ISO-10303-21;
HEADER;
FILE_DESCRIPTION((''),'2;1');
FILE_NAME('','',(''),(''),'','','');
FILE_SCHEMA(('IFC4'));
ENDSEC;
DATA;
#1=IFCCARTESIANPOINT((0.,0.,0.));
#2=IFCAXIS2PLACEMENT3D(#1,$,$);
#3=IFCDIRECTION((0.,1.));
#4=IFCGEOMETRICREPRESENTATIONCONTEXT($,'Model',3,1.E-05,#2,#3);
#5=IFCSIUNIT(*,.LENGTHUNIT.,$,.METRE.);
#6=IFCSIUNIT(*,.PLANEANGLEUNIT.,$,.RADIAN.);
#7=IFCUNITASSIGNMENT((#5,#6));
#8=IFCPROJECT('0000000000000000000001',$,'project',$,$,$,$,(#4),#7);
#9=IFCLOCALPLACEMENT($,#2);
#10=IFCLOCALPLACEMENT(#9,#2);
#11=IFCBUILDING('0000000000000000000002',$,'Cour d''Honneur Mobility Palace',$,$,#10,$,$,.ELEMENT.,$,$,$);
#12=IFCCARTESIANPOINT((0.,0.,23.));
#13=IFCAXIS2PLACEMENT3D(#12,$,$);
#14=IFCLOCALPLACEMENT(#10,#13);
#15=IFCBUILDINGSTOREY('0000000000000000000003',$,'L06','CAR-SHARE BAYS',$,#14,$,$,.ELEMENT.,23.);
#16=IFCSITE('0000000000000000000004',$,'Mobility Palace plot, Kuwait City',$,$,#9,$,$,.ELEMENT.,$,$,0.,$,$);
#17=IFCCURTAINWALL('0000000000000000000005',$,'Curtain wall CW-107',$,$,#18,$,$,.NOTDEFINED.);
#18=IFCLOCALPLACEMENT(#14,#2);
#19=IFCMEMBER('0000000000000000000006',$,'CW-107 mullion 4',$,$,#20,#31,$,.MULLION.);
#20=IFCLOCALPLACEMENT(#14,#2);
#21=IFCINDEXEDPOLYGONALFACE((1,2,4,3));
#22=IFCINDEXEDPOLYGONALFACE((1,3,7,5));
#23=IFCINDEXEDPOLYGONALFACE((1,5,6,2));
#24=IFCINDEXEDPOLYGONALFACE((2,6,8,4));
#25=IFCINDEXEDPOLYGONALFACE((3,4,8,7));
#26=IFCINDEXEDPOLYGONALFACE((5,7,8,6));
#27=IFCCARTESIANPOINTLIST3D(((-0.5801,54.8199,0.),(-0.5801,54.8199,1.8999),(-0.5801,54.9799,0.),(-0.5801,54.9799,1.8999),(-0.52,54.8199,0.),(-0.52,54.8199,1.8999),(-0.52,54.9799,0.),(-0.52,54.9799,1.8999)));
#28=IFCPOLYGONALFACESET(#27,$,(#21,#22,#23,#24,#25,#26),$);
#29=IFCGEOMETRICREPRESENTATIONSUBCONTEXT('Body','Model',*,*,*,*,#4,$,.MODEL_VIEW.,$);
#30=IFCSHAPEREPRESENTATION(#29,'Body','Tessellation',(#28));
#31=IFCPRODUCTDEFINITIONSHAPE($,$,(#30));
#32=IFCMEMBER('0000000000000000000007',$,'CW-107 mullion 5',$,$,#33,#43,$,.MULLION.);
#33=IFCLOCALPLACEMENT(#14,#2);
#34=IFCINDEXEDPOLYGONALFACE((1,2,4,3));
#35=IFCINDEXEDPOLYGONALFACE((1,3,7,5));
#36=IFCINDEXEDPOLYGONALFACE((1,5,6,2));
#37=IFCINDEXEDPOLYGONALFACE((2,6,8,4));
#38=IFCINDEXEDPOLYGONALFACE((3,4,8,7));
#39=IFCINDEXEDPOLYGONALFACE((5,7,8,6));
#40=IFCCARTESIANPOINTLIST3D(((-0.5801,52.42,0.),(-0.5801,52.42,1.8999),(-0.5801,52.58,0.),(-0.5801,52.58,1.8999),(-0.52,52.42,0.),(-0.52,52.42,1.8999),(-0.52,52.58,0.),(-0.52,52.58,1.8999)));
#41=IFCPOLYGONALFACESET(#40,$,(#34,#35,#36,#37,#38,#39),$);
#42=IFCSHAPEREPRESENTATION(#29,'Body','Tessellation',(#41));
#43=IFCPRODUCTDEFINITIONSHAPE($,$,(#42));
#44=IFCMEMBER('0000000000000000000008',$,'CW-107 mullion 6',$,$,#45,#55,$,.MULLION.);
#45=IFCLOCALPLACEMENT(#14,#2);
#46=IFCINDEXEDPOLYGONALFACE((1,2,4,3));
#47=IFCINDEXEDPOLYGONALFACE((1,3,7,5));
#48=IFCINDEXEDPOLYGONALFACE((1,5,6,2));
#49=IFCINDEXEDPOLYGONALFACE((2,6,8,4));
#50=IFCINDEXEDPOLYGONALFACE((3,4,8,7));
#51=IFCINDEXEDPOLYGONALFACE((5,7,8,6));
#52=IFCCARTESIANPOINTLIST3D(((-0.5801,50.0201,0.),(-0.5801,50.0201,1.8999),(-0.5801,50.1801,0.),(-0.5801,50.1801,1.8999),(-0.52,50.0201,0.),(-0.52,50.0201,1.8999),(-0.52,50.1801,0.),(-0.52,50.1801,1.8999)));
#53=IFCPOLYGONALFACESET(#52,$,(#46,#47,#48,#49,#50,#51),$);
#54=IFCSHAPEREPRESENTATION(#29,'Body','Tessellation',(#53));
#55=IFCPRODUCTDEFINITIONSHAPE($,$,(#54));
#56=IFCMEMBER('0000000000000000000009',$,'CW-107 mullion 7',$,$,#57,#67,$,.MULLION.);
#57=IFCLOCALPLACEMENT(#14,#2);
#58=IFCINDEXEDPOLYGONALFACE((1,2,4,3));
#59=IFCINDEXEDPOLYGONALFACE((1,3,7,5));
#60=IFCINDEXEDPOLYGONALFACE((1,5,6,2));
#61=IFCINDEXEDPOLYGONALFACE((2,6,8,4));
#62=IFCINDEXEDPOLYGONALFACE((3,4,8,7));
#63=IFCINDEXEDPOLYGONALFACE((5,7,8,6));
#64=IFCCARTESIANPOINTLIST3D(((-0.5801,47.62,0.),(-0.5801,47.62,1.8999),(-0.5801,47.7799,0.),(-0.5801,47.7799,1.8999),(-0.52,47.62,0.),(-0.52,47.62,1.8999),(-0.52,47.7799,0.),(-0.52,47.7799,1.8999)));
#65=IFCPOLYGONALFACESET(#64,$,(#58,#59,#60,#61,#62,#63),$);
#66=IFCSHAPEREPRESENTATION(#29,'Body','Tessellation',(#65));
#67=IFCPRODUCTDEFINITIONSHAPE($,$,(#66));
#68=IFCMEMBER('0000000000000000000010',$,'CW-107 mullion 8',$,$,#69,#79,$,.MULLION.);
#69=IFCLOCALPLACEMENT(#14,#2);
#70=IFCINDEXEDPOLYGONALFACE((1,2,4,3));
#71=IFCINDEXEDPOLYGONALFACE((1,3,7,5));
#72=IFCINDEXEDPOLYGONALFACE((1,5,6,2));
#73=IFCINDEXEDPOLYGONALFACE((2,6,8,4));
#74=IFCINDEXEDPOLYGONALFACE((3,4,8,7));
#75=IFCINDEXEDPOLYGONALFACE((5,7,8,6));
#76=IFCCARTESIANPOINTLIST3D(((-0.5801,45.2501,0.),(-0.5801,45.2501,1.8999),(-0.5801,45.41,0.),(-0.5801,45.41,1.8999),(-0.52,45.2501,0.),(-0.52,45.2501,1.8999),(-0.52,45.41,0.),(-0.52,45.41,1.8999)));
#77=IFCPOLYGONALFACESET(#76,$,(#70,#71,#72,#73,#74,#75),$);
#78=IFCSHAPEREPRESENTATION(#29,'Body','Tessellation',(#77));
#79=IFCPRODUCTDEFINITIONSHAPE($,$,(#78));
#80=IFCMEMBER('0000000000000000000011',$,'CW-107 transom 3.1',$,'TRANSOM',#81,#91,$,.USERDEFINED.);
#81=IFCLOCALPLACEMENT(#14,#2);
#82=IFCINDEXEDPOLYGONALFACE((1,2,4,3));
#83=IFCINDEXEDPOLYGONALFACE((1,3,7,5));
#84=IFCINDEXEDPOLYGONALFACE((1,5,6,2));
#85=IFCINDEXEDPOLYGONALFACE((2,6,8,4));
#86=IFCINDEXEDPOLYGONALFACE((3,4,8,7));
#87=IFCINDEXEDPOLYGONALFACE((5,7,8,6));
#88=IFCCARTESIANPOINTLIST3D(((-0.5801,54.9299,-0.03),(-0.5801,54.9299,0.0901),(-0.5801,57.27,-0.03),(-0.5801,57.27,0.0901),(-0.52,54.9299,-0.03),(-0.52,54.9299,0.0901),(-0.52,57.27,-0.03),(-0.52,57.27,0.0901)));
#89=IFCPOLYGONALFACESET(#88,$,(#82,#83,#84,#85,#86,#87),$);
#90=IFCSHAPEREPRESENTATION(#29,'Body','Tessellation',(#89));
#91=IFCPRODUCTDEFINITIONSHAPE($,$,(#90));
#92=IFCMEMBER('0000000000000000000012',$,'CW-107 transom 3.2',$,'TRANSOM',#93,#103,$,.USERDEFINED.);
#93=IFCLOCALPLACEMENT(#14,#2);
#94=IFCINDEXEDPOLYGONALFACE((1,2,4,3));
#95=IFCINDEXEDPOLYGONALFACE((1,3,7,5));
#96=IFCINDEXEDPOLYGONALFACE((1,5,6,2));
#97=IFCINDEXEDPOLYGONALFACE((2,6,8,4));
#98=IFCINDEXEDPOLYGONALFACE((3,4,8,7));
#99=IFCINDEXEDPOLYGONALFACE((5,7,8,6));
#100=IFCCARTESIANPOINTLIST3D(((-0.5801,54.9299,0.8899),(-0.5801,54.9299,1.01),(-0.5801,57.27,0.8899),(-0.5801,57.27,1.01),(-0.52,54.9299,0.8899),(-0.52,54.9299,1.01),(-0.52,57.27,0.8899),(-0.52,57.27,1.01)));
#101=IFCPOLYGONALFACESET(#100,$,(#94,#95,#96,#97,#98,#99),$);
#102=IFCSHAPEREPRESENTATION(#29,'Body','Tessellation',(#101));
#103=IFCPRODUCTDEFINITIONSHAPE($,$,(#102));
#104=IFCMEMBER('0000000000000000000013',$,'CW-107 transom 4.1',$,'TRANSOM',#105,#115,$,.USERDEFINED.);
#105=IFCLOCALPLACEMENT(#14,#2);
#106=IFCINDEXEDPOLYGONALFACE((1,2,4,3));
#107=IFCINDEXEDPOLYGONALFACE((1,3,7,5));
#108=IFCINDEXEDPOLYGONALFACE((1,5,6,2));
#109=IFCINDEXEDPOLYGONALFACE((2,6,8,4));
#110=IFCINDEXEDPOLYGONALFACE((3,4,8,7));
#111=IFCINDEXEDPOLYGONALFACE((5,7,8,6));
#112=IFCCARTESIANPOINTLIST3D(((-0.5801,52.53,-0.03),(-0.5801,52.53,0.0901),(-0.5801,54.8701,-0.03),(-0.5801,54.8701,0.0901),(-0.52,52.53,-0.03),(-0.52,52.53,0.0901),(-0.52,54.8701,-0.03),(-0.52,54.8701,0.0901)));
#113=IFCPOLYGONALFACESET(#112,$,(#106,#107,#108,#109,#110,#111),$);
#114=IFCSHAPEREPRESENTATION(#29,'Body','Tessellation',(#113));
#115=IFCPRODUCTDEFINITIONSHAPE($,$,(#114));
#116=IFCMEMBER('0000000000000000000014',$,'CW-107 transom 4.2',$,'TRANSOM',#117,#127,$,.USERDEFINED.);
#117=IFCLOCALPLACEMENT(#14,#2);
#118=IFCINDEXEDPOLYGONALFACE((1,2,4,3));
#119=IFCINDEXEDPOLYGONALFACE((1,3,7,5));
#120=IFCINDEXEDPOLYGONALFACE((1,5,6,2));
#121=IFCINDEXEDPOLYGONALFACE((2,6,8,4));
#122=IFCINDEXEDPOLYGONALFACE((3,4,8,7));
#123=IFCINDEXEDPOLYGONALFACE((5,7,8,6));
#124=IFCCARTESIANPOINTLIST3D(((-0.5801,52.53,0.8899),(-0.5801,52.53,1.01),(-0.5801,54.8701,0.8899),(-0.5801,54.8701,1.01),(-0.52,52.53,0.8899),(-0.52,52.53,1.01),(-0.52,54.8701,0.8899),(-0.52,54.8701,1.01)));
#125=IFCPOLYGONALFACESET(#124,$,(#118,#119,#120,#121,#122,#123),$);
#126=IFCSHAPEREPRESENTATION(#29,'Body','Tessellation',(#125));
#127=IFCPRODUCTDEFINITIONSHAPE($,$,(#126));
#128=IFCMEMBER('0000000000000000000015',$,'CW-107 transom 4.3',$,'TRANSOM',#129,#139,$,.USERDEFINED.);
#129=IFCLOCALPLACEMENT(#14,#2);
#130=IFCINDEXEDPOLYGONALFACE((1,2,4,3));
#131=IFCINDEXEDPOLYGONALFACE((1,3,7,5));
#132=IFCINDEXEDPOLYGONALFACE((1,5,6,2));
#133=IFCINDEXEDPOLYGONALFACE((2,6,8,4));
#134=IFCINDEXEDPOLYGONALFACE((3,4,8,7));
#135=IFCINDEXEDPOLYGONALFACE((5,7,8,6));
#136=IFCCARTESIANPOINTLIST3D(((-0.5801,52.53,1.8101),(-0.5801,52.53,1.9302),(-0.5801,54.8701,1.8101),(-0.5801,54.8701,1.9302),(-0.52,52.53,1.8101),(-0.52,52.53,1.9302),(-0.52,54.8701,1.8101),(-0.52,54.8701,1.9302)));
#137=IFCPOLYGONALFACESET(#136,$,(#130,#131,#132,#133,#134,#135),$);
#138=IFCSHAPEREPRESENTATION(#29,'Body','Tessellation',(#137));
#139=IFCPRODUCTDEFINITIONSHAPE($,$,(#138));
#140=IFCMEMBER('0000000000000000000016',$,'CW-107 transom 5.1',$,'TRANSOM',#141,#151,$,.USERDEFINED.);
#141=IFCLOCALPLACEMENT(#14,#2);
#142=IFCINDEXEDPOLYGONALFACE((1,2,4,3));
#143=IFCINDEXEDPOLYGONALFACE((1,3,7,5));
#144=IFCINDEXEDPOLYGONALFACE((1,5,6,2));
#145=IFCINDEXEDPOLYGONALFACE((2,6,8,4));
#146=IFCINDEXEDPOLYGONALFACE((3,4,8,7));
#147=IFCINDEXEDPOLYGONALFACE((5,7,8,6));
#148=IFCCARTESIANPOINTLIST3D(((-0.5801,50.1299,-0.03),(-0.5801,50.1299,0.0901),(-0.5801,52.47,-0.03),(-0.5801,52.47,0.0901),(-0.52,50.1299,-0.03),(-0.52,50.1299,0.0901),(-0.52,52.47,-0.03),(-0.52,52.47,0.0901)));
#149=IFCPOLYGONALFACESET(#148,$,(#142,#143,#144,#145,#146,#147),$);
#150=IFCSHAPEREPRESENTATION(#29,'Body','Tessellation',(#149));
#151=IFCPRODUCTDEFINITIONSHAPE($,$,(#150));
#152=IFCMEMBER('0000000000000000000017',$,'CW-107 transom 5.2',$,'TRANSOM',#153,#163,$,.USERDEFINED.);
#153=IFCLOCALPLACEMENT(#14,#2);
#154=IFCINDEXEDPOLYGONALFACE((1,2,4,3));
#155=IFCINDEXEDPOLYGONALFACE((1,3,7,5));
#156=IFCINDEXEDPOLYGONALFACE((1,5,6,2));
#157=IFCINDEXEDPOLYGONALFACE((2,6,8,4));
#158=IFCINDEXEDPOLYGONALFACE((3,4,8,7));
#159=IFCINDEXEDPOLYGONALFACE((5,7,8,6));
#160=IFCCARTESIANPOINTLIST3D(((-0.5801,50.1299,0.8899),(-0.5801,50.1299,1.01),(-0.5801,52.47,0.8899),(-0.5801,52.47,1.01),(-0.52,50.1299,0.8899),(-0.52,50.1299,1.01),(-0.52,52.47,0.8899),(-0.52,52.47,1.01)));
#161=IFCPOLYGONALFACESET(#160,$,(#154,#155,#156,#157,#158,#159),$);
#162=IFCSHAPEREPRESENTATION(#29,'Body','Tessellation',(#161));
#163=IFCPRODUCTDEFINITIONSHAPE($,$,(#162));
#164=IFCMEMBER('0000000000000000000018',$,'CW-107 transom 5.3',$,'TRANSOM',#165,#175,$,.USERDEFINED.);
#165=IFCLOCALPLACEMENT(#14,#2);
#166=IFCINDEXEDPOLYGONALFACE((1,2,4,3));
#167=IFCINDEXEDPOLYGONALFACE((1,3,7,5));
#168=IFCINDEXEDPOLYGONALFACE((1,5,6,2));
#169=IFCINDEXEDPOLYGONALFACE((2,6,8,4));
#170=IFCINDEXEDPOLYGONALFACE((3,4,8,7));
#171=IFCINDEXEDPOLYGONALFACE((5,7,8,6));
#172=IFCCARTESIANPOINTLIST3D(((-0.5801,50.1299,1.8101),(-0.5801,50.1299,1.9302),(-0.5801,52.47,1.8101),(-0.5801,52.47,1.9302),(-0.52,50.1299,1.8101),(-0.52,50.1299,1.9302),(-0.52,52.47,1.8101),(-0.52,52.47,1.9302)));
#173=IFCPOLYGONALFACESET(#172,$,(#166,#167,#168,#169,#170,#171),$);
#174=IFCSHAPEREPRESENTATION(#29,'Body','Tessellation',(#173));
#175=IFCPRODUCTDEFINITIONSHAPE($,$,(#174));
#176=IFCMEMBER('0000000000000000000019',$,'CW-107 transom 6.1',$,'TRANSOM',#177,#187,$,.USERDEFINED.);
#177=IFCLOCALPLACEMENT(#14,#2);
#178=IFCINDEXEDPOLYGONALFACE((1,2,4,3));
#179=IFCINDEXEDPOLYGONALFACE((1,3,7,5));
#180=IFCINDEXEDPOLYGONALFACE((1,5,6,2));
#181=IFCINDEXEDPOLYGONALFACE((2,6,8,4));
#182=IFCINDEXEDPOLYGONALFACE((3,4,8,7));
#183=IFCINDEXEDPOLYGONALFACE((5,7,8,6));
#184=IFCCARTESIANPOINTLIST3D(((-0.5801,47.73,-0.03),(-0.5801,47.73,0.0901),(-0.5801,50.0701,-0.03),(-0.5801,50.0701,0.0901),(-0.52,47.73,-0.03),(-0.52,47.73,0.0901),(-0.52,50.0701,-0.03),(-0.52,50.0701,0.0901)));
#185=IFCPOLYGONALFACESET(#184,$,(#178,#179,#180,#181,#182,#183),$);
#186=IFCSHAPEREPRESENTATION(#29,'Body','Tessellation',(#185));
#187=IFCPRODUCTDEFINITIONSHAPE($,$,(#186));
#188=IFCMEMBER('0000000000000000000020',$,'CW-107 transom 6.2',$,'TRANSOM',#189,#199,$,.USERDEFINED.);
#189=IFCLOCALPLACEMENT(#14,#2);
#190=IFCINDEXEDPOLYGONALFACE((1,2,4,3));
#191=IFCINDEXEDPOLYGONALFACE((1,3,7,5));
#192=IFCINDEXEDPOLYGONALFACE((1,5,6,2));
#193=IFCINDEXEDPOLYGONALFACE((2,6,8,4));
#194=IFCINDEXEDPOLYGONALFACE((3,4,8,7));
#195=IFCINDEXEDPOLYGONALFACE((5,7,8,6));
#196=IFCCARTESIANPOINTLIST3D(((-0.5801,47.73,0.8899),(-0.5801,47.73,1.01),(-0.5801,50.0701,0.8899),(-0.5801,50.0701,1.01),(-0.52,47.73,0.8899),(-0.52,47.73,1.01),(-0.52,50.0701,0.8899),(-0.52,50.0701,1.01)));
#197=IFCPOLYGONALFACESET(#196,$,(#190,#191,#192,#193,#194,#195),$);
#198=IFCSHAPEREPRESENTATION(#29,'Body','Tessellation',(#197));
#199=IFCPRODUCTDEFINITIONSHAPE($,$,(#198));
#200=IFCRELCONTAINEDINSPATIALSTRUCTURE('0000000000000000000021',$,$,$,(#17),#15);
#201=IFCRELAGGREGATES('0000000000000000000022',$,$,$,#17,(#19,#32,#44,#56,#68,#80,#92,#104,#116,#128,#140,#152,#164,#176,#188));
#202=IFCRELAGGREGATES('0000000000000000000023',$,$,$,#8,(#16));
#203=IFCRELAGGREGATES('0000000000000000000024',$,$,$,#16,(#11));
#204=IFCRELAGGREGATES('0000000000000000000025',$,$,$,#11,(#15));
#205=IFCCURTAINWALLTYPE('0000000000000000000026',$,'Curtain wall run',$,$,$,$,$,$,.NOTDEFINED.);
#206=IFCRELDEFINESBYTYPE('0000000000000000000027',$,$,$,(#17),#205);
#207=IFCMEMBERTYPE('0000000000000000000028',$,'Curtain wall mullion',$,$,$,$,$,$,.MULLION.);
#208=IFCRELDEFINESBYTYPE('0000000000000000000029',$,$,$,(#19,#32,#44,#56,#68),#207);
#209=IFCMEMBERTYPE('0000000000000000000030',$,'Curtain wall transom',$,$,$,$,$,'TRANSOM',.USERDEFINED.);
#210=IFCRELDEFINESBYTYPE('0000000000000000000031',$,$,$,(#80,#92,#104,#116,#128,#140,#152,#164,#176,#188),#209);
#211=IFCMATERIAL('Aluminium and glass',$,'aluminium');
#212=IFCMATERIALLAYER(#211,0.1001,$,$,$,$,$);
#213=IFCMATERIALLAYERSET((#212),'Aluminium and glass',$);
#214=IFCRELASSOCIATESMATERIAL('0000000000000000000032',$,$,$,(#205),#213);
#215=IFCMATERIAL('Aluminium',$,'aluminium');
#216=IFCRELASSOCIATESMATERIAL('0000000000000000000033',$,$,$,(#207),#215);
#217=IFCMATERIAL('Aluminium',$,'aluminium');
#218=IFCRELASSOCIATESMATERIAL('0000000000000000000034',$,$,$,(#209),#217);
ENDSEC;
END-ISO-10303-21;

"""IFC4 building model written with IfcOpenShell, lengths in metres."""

from ifc_helpers import new_model, si_unit, direction, frame, origin, origin_2d, place, context, subcontext, project, spatial, rectangle, extrude, material, layer, layer_set, material_profile, profile_set, type_object, element, aggregate, save


model = new_model("IFC4")

# Units and contexts
model_context = context("Model", 3, precision=1e-05, world=origin(), true_north=direction((0.0, 1.0)))
body_context = subcontext(model_context, "Body", "Model", "MODEL_VIEW")
ifc_project = project(units=[si_unit("LENGTHUNIT", "METRE"), si_unit("PLANEANGLEUNIT", "RADIAN")], contexts=[model_context])

# Site, building, storey
site_placement = place(None, origin())
site = spatial("IfcSite", under=ifc_project, at=site_placement, Name="Mobility Palace plot, Kuwait City", CompositionType="ELEMENT", RefElevation=0.0)
building_placement = place(site_placement, origin())
building = spatial("IfcBuilding", under=site, at=building_placement, Name="Cour d'Honneur Mobility Palace", CompositionType="ELEMENT")
storey_placement = place(building_placement, frame((0.0, 0.0, 23.0)))
storey = spatial("IfcBuildingStorey", under=building, at=storey_placement, Name="L06", Description="CAR-SHARE BAYS", CompositionType="ELEMENT", Elevation=23.0)

# Curtain wall, members
ifc_material_1 = material(Name="Aluminium and glass", Category="aluminium")
ifc_layer_1 = layer(ifc_material_1, 0.1001)
ifc_layer_set_1 = layer_set([ifc_layer_1], Name="Aluminium and glass")
curtain_wall_type = type_object("IfcCurtainWallType", Name="Curtain wall run", PredefinedType="NOTDEFINED", material=ifc_layer_set_1)
curtain_wall_placement = place(storey_placement, origin())
curtain_wall = element("IfcCurtainWall", 1, at=curtain_wall_placement, inside=storey, type_object=curtain_wall_type, Name="Curtain wall CW-107", PredefinedType="NOTDEFINED")
ifc_material_2 = material(Name="Aluminium", Category="aluminium")
ifc_material_profile_1 = material_profile(ifc_material_2, rectangle(XDim=0.0601, YDim=0.1599, at=origin_2d()), Name="Curtain wall mullion")
ifc_profile_set_1 = profile_set([ifc_material_profile_1], Name="Aluminium")
member_type_1 = type_object("IfcMemberType", Name="Curtain wall mullion", PredefinedType="MULLION", material=ifc_profile_set_1)
member_1_placement = place(storey_placement, frame((-0.55, 54.8999, 0.0), z_axis=(0.0, 0.0, 1.0), x_axis=(1.0, 0.0, 0.0)))
member_1 = element("IfcMember", 2, at=member_1_placement, type_object=member_type_1, Name="CW-107 mullion 4", PredefinedType="MULLION", context=body_context, shape_type="SweptSolid", body=[
    extrude(rectangle(XDim=0.0601, YDim=0.1599, at=origin_2d()), origin(), (0.0, 0.0, 1.0), 1.8999),
])
member_2_placement = place(storey_placement, frame((-0.55, 52.5, 0.0), z_axis=(0.0, 0.0, 1.0), x_axis=(1.0, 0.0, 0.0)))
member_2 = element("IfcMember", 3, at=member_2_placement, type_object=member_type_1, Name="CW-107 mullion 5", PredefinedType="MULLION", context=body_context, shape_type="SweptSolid", body=[
    extrude(rectangle(XDim=0.0601, YDim=0.1599, at=origin_2d()), origin(), (0.0, 0.0, 1.0), 1.8999),
])
member_3_placement = place(storey_placement, frame((-0.55, 50.1001, 0.0), z_axis=(0.0, 0.0, 1.0), x_axis=(1.0, 0.0, 0.0)))
member_3 = element("IfcMember", 4, at=member_3_placement, type_object=member_type_1, Name="CW-107 mullion 6", PredefinedType="MULLION", context=body_context, shape_type="SweptSolid", body=[
    extrude(rectangle(XDim=0.0601, YDim=0.1599, at=origin_2d()), origin(), (0.0, 0.0, 1.0), 1.8999),
])
member_4_placement = place(storey_placement, frame((-0.55, 47.7, 0.0), z_axis=(0.0, 0.0, 1.0), x_axis=(1.0, 0.0, 0.0)))
member_4 = element("IfcMember", 5, at=member_4_placement, type_object=member_type_1, Name="CW-107 mullion 7", PredefinedType="MULLION", context=body_context, shape_type="SweptSolid", body=[
    extrude(rectangle(XDim=0.0601, YDim=0.1599, at=origin_2d()), origin(), (0.0, 0.0, 1.0), 1.8999),
])
member_5_placement = place(storey_placement, frame((-0.55, 45.3301, 0.0), z_axis=(0.0, 0.0, 1.0), x_axis=(1.0, 0.0, 0.0)))
member_5 = element("IfcMember", 6, at=member_5_placement, type_object=member_type_1, Name="CW-107 mullion 8", PredefinedType="MULLION", context=body_context, shape_type="SweptSolid", body=[
    extrude(rectangle(XDim=0.0601, YDim=0.1599, at=origin_2d()), origin(), (0.0, 0.0, 1.0), 1.8999),
])
ifc_material_3 = material(Name="Aluminium", Category="aluminium")
ifc_material_profile_2 = material_profile(ifc_material_3, rectangle(XDim=0.0601, YDim=0.1201, at=origin_2d()), Name="Curtain wall transom")
ifc_profile_set_2 = profile_set([ifc_material_profile_2], Name="Aluminium")
member_type_2 = type_object("IfcMemberType", Name="Curtain wall transom", ElementType="TRANSOM", PredefinedType="USERDEFINED", material=ifc_profile_set_2)
member_6_placement = place(storey_placement, frame((-0.55, 57.27, 0.03), z_axis=(0.0, -1.0, 0.0), x_axis=(1.0, 0.0, 0.0)))
member_6 = element("IfcMember", 7, at=member_6_placement, type_object=member_type_2, Name="CW-107 transom 3.1", ObjectType="TRANSOM", PredefinedType="USERDEFINED", context=body_context, shape_type="SweptSolid", body=[
    extrude(rectangle(XDim=0.0601, YDim=0.1201, at=origin_2d()), origin(), (0.0, 0.0, 1.0), 2.3401),
])
member_7_placement = place(storey_placement, frame((-0.55, 57.27, 0.95), z_axis=(0.0, -1.0, 0.0), x_axis=(1.0, 0.0, 0.0)))
member_7 = element("IfcMember", 8, at=member_7_placement, type_object=member_type_2, Name="CW-107 transom 3.2", ObjectType="TRANSOM", PredefinedType="USERDEFINED", context=body_context, shape_type="SweptSolid", body=[
    extrude(rectangle(XDim=0.0601, YDim=0.1201, at=origin_2d()), origin(), (0.0, 0.0, 1.0), 2.3401),
])
member_8_placement = place(storey_placement, frame((-0.55, 54.8701, 0.03), z_axis=(0.0, -1.0, 0.0), x_axis=(1.0, 0.0, 0.0)))
member_8 = element("IfcMember", 9, at=member_8_placement, type_object=member_type_2, Name="CW-107 transom 4.1", ObjectType="TRANSOM", PredefinedType="USERDEFINED", context=body_context, shape_type="SweptSolid", body=[
    extrude(rectangle(XDim=0.0601, YDim=0.1201, at=origin_2d()), origin(), (0.0, 0.0, 1.0), 2.3401),
])
member_9_placement = place(storey_placement, frame((-0.55, 54.8701, 0.95), z_axis=(0.0, -1.0, 0.0), x_axis=(1.0, 0.0, 0.0)))
member_9 = element("IfcMember", 10, at=member_9_placement, type_object=member_type_2, Name="CW-107 transom 4.2", ObjectType="TRANSOM", PredefinedType="USERDEFINED", context=body_context, shape_type="SweptSolid", body=[
    extrude(rectangle(XDim=0.0601, YDim=0.1201, at=origin_2d()), origin(), (0.0, 0.0, 1.0), 2.3401),
])
member_10_placement = place(storey_placement, frame((-0.55, 54.8701, 1.8701), z_axis=(0.0, -1.0, 0.0), x_axis=(1.0, 0.0, 0.0)))
member_10 = element("IfcMember", 11, at=member_10_placement, type_object=member_type_2, Name="CW-107 transom 4.3", ObjectType="TRANSOM", PredefinedType="USERDEFINED", context=body_context, shape_type="SweptSolid", body=[
    extrude(rectangle(XDim=0.0601, YDim=0.1201, at=origin_2d()), origin(), (0.0, 0.0, 1.0), 2.3401),
])
member_11_placement = place(storey_placement, frame((-0.55, 52.47, 0.03), z_axis=(0.0, -1.0, 0.0), x_axis=(1.0, 0.0, 0.0)))
member_11 = element("IfcMember", 12, at=member_11_placement, type_object=member_type_2, Name="CW-107 transom 5.1", ObjectType="TRANSOM", PredefinedType="USERDEFINED", context=body_context, shape_type="SweptSolid", body=[
    extrude(rectangle(XDim=0.0601, YDim=0.1201, at=origin_2d()), origin(), (0.0, 0.0, 1.0), 2.3401),
])
member_12_placement = place(storey_placement, frame((-0.55, 52.47, 0.95), z_axis=(0.0, -1.0, 0.0), x_axis=(1.0, 0.0, 0.0)))
member_12 = element("IfcMember", 13, at=member_12_placement, type_object=member_type_2, Name="CW-107 transom 5.2", ObjectType="TRANSOM", PredefinedType="USERDEFINED", context=body_context, shape_type="SweptSolid", body=[
    extrude(rectangle(XDim=0.0601, YDim=0.1201, at=origin_2d()), origin(), (0.0, 0.0, 1.0), 2.3401),
])
member_13_placement = place(storey_placement, frame((-0.55, 52.47, 1.8701), z_axis=(0.0, -1.0, 0.0), x_axis=(1.0, 0.0, 0.0)))
member_13 = element("IfcMember", 14, at=member_13_placement, type_object=member_type_2, Name="CW-107 transom 5.3", ObjectType="TRANSOM", PredefinedType="USERDEFINED", context=body_context, shape_type="SweptSolid", body=[
    extrude(rectangle(XDim=0.0601, YDim=0.1201, at=origin_2d()), origin(), (0.0, 0.0, 1.0), 2.3401),
])
member_14_placement = place(storey_placement, frame((-0.55, 50.0701, 0.03), z_axis=(0.0, -1.0, 0.0), x_axis=(1.0, 0.0, 0.0)))
member_14 = element("IfcMember", 15, at=member_14_placement, type_object=member_type_2, Name="CW-107 transom 6.1", ObjectType="TRANSOM", PredefinedType="USERDEFINED", context=body_context, shape_type="SweptSolid", body=[
    extrude(rectangle(XDim=0.0601, YDim=0.1201, at=origin_2d()), origin(), (0.0, 0.0, 1.0), 2.3401),
])
member_15_placement = place(storey_placement, frame((-0.55, 50.0701, 0.95), z_axis=(0.0, -1.0, 0.0), x_axis=(1.0, 0.0, 0.0)))
member_15 = element("IfcMember", 16, at=member_15_placement, type_object=member_type_2, Name="CW-107 transom 6.2", ObjectType="TRANSOM", PredefinedType="USERDEFINED", context=body_context, shape_type="SweptSolid", body=[
    extrude(rectangle(XDim=0.0601, YDim=0.1201, at=origin_2d()), origin(), (0.0, 0.0, 1.0), 2.3401),
])

aggregate(curtain_wall, [member_1, member_2, member_3, member_4, member_5, member_6, member_7, member_8, member_9, member_10, member_11, member_12, member_13, member_14, member_15])

save(model, "model.ifc")
